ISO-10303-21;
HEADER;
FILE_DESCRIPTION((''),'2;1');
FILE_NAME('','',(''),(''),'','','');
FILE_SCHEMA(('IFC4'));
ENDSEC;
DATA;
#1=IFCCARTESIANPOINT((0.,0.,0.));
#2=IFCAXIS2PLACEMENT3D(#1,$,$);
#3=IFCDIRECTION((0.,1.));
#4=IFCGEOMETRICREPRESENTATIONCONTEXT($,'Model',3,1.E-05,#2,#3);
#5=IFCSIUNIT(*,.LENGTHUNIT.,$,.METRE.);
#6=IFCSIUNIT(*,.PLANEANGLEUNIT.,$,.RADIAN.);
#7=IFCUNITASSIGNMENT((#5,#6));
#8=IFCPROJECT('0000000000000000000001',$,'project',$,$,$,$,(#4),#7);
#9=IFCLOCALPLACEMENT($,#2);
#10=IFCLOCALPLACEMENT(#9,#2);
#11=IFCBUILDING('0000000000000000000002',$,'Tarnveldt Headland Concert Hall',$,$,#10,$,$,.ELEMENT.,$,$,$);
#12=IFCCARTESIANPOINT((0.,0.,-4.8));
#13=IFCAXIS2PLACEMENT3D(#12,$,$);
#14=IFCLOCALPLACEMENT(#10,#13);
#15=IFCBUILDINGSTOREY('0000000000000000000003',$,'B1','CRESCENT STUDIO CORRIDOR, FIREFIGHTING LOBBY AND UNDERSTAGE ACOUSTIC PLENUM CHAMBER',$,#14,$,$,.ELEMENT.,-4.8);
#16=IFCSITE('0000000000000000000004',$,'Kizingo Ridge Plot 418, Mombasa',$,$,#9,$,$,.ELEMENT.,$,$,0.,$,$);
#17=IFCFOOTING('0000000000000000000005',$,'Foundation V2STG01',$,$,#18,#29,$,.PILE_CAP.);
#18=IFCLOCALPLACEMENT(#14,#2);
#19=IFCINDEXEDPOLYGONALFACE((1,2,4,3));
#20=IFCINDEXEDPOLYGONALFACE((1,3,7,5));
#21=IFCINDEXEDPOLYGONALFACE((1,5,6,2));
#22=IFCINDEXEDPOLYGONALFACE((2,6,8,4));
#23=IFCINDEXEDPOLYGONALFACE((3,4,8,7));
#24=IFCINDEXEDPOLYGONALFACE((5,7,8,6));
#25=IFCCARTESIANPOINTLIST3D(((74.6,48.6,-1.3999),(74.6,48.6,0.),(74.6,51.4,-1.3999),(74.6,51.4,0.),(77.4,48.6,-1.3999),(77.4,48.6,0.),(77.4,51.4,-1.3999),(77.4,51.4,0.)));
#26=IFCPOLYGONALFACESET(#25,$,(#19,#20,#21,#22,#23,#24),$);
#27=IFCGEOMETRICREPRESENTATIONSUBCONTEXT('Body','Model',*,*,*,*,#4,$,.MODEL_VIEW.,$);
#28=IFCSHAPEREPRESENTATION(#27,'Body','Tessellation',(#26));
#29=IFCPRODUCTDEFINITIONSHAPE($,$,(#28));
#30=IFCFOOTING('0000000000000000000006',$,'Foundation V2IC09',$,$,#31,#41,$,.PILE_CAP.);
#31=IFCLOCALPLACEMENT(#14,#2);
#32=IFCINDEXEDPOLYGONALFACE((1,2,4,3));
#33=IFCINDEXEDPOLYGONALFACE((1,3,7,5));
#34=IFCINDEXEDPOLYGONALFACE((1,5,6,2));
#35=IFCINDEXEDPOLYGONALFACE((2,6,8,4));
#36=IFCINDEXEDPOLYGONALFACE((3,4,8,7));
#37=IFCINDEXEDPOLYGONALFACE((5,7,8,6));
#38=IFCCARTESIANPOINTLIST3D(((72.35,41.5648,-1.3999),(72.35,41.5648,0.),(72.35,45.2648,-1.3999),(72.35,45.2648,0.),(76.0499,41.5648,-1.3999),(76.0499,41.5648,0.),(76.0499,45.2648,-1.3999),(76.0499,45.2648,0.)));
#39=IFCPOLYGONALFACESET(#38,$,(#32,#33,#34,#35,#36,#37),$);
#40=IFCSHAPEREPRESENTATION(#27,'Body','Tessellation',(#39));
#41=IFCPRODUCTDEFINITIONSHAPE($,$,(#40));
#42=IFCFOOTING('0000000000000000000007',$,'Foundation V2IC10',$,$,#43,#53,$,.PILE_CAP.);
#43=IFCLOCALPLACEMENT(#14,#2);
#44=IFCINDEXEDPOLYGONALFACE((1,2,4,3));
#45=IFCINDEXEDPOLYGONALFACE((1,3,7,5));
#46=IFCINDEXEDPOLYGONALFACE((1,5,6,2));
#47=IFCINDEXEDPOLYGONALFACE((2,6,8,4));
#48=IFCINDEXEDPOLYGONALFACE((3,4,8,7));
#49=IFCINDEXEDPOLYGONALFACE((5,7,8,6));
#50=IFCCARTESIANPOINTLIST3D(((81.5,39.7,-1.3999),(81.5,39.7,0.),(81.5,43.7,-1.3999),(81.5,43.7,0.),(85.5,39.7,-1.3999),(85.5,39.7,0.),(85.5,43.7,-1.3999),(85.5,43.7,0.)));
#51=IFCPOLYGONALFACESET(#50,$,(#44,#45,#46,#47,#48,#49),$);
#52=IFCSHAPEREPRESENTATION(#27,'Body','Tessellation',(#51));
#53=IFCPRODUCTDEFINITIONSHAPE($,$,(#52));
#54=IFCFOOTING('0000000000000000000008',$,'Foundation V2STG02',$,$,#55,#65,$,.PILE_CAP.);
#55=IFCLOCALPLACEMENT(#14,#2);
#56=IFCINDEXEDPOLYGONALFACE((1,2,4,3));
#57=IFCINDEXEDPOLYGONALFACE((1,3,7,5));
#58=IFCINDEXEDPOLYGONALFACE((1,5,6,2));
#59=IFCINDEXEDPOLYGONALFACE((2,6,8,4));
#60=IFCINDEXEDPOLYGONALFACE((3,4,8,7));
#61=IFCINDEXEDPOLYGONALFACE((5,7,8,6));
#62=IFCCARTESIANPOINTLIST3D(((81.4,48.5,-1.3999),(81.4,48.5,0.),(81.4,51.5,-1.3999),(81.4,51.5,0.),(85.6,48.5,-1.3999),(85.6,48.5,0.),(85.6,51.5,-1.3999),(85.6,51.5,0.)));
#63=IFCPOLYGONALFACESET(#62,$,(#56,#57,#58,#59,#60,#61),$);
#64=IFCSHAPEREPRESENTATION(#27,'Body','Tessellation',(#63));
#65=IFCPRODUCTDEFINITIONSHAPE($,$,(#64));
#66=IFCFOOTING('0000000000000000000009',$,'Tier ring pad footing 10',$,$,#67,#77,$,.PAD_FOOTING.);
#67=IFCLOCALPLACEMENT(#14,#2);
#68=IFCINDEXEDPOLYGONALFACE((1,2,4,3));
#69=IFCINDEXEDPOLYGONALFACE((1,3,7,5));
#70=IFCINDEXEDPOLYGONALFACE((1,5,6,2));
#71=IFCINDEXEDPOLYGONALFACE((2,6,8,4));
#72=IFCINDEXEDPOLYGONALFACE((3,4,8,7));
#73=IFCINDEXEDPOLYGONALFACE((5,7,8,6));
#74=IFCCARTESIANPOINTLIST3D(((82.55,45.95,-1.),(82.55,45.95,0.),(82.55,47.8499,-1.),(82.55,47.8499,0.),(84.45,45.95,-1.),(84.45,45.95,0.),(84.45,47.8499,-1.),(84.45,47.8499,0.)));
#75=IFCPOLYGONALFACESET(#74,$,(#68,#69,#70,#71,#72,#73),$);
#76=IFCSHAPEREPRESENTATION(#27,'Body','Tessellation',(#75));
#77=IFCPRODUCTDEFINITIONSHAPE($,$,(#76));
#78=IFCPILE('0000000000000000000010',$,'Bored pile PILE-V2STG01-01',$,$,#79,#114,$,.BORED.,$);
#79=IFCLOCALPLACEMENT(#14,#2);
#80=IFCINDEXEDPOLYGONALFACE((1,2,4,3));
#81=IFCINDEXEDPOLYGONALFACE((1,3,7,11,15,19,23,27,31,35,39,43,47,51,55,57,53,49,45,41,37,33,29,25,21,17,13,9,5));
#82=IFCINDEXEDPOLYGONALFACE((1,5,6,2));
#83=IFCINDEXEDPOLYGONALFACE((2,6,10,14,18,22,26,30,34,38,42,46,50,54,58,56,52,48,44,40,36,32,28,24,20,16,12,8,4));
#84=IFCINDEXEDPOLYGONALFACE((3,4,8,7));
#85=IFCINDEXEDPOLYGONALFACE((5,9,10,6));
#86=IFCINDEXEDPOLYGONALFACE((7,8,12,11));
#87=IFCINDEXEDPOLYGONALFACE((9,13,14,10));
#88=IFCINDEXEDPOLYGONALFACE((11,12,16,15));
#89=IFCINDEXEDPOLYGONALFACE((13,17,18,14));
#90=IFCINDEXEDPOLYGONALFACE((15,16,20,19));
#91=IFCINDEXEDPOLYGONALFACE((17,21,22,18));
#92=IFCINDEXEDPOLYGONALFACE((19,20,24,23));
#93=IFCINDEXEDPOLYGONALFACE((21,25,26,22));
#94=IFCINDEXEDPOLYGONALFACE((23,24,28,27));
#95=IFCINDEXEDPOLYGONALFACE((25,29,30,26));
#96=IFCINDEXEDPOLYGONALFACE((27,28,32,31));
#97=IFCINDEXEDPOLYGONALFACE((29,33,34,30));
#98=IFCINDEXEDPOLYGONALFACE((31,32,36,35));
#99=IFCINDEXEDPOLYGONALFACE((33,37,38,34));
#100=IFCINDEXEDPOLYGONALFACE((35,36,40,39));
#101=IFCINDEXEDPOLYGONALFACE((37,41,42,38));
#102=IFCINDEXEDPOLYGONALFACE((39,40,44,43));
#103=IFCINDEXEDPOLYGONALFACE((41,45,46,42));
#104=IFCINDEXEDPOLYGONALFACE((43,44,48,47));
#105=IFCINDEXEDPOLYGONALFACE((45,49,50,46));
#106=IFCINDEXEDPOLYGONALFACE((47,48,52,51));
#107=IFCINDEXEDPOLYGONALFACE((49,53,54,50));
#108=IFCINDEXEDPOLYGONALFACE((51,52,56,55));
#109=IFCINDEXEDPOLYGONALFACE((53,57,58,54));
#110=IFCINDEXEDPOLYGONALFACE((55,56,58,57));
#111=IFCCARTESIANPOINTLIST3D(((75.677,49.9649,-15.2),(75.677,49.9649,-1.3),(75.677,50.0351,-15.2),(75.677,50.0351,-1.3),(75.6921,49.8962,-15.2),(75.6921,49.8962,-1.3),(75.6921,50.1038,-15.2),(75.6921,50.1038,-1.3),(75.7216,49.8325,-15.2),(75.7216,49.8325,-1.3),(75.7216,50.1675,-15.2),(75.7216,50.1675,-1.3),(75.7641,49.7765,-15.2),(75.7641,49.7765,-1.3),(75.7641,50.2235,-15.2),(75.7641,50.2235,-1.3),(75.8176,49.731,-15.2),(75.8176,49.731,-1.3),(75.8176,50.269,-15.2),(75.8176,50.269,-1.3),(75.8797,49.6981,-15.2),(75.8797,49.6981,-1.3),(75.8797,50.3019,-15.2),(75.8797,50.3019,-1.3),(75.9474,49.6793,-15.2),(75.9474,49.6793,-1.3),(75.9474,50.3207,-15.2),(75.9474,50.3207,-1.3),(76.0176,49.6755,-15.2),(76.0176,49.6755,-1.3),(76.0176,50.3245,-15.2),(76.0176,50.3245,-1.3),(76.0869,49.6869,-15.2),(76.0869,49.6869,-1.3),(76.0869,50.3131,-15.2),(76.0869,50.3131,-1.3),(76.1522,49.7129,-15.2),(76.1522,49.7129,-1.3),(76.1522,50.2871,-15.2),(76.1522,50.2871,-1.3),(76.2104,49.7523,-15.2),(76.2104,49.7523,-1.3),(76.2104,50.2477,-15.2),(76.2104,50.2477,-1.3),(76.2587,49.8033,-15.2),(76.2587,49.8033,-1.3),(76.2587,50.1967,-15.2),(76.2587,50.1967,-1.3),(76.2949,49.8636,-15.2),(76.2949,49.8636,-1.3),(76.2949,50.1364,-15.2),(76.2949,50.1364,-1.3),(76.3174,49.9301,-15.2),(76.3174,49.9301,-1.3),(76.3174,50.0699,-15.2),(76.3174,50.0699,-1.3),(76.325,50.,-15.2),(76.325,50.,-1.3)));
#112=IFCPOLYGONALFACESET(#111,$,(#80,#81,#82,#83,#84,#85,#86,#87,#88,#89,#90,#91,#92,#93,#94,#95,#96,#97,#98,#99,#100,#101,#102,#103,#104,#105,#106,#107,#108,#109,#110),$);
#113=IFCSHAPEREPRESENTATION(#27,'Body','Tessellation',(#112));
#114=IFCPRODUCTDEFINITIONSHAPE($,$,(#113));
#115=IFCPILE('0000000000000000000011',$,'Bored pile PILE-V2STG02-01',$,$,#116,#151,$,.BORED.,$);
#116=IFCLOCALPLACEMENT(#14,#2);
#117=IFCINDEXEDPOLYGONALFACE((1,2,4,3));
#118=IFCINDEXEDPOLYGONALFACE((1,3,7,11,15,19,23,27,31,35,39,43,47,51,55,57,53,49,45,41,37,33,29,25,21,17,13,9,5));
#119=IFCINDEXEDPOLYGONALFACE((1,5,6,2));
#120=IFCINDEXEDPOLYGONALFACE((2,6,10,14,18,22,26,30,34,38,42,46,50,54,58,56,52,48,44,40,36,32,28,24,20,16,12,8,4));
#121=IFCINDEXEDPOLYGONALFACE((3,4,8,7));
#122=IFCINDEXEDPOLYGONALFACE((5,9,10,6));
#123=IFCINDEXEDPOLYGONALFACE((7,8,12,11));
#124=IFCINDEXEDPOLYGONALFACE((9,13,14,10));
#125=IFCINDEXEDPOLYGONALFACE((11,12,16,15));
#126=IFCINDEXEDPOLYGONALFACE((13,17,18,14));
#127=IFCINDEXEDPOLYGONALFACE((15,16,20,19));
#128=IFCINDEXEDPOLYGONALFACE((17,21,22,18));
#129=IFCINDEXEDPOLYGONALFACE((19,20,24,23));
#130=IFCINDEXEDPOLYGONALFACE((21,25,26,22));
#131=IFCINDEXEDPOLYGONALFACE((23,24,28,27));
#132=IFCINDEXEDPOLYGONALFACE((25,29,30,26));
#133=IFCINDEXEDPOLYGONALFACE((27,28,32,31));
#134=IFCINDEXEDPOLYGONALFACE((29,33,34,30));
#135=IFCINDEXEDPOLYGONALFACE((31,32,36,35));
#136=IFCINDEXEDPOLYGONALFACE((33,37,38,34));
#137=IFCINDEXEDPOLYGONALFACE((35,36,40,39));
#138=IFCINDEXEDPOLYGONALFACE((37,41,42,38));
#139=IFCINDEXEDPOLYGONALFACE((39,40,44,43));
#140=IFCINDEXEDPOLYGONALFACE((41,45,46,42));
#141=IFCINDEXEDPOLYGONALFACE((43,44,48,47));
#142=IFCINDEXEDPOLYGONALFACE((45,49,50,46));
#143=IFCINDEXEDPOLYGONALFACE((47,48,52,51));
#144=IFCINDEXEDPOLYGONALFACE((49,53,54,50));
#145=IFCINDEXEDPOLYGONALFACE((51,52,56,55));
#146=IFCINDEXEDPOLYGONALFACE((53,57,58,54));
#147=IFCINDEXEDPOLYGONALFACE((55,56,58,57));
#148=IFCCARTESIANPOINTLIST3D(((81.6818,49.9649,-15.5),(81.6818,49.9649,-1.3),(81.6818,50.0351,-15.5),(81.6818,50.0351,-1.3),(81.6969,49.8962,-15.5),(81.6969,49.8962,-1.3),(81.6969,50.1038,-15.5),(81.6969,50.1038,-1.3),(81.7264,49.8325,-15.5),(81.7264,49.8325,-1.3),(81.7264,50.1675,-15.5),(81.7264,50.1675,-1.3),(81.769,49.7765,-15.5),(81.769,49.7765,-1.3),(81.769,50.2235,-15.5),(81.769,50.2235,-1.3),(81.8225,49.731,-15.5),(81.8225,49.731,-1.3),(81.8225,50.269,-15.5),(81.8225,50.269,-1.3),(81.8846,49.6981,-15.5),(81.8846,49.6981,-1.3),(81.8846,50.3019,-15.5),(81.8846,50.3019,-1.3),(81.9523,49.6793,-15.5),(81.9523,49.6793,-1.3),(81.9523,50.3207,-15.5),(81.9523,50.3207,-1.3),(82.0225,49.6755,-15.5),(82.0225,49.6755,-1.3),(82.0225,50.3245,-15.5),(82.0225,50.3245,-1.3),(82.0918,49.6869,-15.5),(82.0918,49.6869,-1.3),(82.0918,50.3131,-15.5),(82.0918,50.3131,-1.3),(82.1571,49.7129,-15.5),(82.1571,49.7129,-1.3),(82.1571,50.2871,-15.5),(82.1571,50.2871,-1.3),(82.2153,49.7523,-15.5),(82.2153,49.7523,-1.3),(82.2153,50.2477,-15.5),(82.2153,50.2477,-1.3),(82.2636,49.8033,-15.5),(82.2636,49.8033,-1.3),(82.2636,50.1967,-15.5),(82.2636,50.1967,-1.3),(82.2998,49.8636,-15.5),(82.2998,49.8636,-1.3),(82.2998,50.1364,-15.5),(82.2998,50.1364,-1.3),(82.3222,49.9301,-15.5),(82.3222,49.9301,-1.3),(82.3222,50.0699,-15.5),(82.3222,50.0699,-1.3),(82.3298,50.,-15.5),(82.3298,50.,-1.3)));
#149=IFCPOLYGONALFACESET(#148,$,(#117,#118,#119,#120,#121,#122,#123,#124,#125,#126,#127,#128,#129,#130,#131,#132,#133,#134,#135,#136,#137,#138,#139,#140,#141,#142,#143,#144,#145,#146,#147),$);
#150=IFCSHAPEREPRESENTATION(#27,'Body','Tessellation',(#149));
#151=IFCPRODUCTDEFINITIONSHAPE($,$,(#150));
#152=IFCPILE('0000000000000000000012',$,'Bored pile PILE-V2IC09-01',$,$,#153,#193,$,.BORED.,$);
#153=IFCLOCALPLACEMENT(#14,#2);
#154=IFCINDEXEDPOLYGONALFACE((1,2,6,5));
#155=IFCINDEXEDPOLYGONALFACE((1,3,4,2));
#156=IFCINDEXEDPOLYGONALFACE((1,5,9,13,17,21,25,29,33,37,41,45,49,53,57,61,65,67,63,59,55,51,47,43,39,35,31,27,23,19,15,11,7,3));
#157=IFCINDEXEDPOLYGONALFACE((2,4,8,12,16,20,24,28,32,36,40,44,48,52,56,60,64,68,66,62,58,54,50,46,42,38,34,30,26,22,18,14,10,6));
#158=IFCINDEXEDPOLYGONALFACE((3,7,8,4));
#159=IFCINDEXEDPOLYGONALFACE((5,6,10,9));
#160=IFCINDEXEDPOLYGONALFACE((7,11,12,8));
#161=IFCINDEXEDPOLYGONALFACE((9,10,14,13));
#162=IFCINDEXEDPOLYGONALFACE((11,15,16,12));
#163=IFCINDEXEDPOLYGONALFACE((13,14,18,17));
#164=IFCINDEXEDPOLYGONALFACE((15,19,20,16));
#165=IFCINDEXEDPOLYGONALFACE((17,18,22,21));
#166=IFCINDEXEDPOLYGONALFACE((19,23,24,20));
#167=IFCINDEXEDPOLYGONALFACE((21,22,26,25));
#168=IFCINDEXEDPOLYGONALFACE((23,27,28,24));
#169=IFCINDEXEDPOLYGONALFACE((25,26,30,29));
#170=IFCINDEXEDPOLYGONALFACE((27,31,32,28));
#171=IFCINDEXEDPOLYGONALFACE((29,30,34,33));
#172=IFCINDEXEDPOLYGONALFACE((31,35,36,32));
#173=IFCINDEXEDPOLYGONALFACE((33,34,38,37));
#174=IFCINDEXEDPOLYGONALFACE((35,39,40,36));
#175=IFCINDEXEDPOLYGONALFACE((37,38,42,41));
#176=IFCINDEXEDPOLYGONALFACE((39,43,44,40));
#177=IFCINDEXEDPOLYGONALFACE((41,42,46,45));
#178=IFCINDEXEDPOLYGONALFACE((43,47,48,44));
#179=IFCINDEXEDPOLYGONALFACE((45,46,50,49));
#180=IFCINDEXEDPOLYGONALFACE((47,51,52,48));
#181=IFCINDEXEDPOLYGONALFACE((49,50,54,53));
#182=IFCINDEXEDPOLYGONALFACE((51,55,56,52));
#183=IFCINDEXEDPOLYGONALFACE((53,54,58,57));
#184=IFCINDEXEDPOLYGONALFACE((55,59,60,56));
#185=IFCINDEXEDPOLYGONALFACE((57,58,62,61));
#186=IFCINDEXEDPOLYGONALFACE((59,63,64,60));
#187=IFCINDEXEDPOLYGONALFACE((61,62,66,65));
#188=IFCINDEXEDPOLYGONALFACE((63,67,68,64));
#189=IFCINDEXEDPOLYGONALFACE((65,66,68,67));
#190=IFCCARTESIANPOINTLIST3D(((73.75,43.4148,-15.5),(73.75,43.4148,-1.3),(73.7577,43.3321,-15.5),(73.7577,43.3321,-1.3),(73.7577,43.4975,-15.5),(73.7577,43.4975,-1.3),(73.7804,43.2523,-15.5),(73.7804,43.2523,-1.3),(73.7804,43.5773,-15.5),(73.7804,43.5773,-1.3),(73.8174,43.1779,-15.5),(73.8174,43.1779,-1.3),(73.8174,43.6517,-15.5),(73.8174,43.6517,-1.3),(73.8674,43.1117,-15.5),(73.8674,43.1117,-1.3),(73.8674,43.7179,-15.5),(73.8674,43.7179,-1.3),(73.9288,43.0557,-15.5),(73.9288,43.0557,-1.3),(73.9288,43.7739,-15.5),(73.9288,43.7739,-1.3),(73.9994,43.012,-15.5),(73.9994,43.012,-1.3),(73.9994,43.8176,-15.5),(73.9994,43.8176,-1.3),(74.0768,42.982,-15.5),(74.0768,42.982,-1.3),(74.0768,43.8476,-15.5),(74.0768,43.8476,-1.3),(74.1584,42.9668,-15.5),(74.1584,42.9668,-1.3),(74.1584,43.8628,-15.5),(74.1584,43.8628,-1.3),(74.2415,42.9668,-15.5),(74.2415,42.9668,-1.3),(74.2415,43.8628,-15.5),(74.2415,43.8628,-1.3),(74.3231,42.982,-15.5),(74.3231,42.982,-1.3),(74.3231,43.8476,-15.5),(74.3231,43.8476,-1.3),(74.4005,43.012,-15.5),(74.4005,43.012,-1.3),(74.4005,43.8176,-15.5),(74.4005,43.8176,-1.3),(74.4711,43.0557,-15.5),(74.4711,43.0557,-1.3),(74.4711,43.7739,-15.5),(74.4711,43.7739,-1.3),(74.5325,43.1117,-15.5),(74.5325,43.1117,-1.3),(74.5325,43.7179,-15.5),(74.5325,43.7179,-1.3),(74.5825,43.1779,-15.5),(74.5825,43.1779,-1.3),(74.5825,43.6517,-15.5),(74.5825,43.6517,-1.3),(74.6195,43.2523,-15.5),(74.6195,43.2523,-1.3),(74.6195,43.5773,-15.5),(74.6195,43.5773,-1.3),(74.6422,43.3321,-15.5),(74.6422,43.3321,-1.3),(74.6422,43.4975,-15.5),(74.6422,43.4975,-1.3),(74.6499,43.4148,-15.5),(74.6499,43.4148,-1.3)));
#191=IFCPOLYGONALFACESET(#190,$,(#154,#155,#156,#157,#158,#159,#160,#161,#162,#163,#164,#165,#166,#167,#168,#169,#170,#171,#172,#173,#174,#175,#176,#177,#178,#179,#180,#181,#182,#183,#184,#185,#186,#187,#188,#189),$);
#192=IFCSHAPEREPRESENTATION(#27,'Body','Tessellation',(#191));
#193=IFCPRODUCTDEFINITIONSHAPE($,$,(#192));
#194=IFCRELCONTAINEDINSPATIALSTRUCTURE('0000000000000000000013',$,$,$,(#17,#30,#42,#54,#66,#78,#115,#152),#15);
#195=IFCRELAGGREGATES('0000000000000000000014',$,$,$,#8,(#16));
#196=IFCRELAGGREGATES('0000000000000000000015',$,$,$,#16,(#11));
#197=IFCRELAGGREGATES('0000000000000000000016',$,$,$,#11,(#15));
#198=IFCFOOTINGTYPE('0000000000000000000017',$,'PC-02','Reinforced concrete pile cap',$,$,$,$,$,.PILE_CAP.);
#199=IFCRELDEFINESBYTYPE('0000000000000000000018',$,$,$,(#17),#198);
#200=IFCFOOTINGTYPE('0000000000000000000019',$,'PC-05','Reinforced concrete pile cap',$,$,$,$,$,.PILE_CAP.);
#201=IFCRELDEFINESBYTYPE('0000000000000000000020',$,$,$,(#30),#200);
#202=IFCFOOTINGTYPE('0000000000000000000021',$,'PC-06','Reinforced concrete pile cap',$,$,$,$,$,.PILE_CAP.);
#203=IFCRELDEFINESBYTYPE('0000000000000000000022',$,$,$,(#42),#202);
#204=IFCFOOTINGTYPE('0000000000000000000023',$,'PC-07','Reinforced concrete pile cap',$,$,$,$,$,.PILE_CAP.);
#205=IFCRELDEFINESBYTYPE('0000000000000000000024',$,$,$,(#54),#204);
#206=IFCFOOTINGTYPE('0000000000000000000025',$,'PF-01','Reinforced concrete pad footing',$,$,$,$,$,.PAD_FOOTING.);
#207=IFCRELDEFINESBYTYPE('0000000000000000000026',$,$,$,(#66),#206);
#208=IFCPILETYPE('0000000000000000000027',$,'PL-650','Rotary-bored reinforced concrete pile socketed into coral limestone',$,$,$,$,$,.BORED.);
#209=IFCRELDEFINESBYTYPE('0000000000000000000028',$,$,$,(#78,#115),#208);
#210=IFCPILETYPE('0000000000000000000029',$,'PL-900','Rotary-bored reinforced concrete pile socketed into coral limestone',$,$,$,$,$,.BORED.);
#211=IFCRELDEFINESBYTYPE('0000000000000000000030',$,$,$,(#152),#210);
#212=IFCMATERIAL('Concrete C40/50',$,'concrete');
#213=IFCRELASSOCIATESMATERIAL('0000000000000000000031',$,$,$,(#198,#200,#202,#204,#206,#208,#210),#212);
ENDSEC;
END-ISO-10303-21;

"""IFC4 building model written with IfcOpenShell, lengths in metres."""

from ifc_helpers import new_model, si_unit, direction, frame, origin, origin_2d, place, context, subcontext, project, spatial, rectangle, circle, extrude, material, material_profile, profile_set, type_object, element, save


model = new_model("IFC4")

# Units and contexts
model_context = context("Model", 3, precision=1e-05, world=origin(), true_north=direction((0.0, 1.0)))
body_context = subcontext(model_context, "Body", "Model", "MODEL_VIEW")
ifc_project = project(units=[si_unit("LENGTHUNIT", "METRE"), si_unit("PLANEANGLEUNIT", "RADIAN")], contexts=[model_context])

# Site, building, storey
site_placement = place(None, origin())
site = spatial("IfcSite", under=ifc_project, at=site_placement, Name="Kizingo Ridge Plot 418, Mombasa", CompositionType="ELEMENT", RefElevation=0.0)
building_placement = place(site_placement, origin())
building = spatial("IfcBuilding", under=site, at=building_placement, Name="Tarnveldt Headland Concert Hall", CompositionType="ELEMENT")
storey_placement = place(building_placement, frame((0.0, 0.0, -4.8)))
storey = spatial("IfcBuildingStorey", under=building, at=storey_placement, Name="B1", Description="CRESCENT STUDIO CORRIDOR, FIREFIGHTING LOBBY AND UNDERSTAGE ACOUSTIC PLENUM CHAMBER", CompositionType="ELEMENT", Elevation=-4.8)

# Footings
ifc_material_1 = material(Name="Concrete C40/50", Category="concrete")
footing_type_1 = type_object("IfcFootingType", Name="PC-02", Description="Reinforced concrete pile cap", PredefinedType="PILE_CAP", material=ifc_material_1)
footing_1_placement = place(storey_placement, frame((76.0, 50.0, -1.3999), z_axis=(0.0, 0.0, 1.0), x_axis=(1.0, 0.0, 0.0)))
element("IfcFooting", 1, at=footing_1_placement, inside=storey, type_object=footing_type_1, Name="Foundation V2STG01", PredefinedType="PILE_CAP", context=body_context, shape_type="SweptSolid", body=[
    extrude(rectangle(XDim=2.8, YDim=2.8, at=origin_2d()), origin(), (0.0, 0.0, 1.0), 1.3999),
])
footing_type_2 = type_object("IfcFootingType", Name="PC-05", Description="Reinforced concrete pile cap", PredefinedType="PILE_CAP", material=ifc_material_1)
footing_2_placement = place(storey_placement, frame((74.2, 43.4148, -1.3999), z_axis=(0.0, 0.0, 1.0), x_axis=(1.0, 0.0, 0.0)))
element("IfcFooting", 2, at=footing_2_placement, inside=storey, type_object=footing_type_2, Name="Foundation V2IC09", PredefinedType="PILE_CAP", context=body_context, shape_type="SweptSolid", body=[
    extrude(rectangle(XDim=3.7, YDim=3.7, at=origin_2d()), origin(), (0.0, 0.0, 1.0), 1.3999),
])
footing_type_3 = type_object("IfcFootingType", Name="PC-06", Description="Reinforced concrete pile cap", PredefinedType="PILE_CAP", material=ifc_material_1)
footing_3_placement = place(storey_placement, frame((83.5, 41.7, -1.3999), z_axis=(0.0, 0.0, 1.0), x_axis=(1.0, 0.0, 0.0)))
element("IfcFooting", 3, at=footing_3_placement, inside=storey, type_object=footing_type_3, Name="Foundation V2IC10", PredefinedType="PILE_CAP", context=body_context, shape_type="SweptSolid", body=[
    extrude(rectangle(XDim=4.0, YDim=4.0, at=origin_2d()), origin(), (0.0, 0.0, 1.0), 1.3999),
])
footing_type_4 = type_object("IfcFootingType", Name="PC-07", Description="Reinforced concrete pile cap", PredefinedType="PILE_CAP", material=ifc_material_1)
footing_4_placement = place(storey_placement, frame((83.5, 50.0, -1.3999), z_axis=(0.0, 0.0, 1.0), x_axis=(1.0, 0.0, 0.0)))
element("IfcFooting", 4, at=footing_4_placement, inside=storey, type_object=footing_type_4, Name="Foundation V2STG02", PredefinedType="PILE_CAP", context=body_context, shape_type="SweptSolid", body=[
    extrude(rectangle(XDim=4.2, YDim=3.0, at=origin_2d()), origin(), (0.0, 0.0, 1.0), 1.3999),
])
footing_type_5 = type_object("IfcFootingType", Name="PF-01", Description="Reinforced concrete pad footing", PredefinedType="PAD_FOOTING", material=ifc_material_1)
footing_5_placement = place(storey_placement, frame((83.5, 46.8999, -1.0), z_axis=(0.0, 0.0, 1.0), x_axis=(1.0, 0.0, 0.0)))
element("IfcFooting", 5, at=footing_5_placement, inside=storey, type_object=footing_type_5, Name="Tier ring pad footing 10", PredefinedType="PAD_FOOTING", context=body_context, shape_type="SweptSolid", body=[
    extrude(rectangle(XDim=1.8999, YDim=1.8999, at=origin_2d()), origin(), (0.0, 0.0, 1.0), 1.0),
])

# Piles
ifc_material_profile_1 = material_profile(ifc_material_1, circle(Radius=0.325, at=origin_2d()), Name="BORED PILE D650", Category="concrete")
ifc_profile_set_1 = profile_set([ifc_material_profile_1], Name="Concrete C40/50")
pile_type_1 = type_object("IfcPileType", Name="PL-650", Description="Rotary-bored reinforced concrete pile socketed into coral limestone", PredefinedType="BORED", material=ifc_profile_set_1)
pile_1_placement = place(storey_placement, frame((76.0, 50.0, -1.3), z_axis=(0.0, 0.0, -1.0), x_axis=(1.0, 0.0, 0.0)))
element("IfcPile", 6, at=pile_1_placement, inside=storey, type_object=pile_type_1, Name="Bored pile PILE-V2STG01-01", PredefinedType="BORED", context=body_context, shape_type="SweptSolid", body=[
    extrude(circle(Radius=0.325, at=origin_2d()), origin(), (0.0, 0.0, 1.0), 13.8999),
])
pile_2_placement = place(storey_placement, frame((82.0049, 50.0, -1.3), z_axis=(0.0, 0.0, -1.0), x_axis=(1.0, 0.0, 0.0)))
element("IfcPile", 7, at=pile_2_placement, inside=storey, type_object=pile_type_1, Name="Bored pile PILE-V2STG02-01", PredefinedType="BORED", context=body_context, shape_type="SweptSolid", body=[
    extrude(circle(Radius=0.325, at=origin_2d()), origin(), (0.0, 0.0, 1.0), 14.2),
])
ifc_material_profile_2 = material_profile(ifc_material_1, circle(Radius=0.45, at=origin_2d()), Name="BORED PILE D900", Category="concrete")
ifc_profile_set_2 = profile_set([ifc_material_profile_2], Name="Concrete C40/50")
pile_type_2 = type_object("IfcPileType", Name="PL-900", Description="Rotary-bored reinforced concrete pile socketed into coral limestone", PredefinedType="BORED", material=ifc_profile_set_2)
pile_3_placement = place(storey_placement, frame((74.2, 43.4148, -1.3), z_axis=(0.0, 0.0, -1.0), x_axis=(1.0, 0.0, 0.0)))
element("IfcPile", 8, at=pile_3_placement, inside=storey, type_object=pile_type_2, Name="Bored pile PILE-V2IC09-01", PredefinedType="BORED", context=body_context, shape_type="SweptSolid", body=[
    extrude(circle(Radius=0.45, at=origin_2d()), origin(), (0.0, 0.0, 1.0), 14.2),
])

save(model, "model.ifc")
